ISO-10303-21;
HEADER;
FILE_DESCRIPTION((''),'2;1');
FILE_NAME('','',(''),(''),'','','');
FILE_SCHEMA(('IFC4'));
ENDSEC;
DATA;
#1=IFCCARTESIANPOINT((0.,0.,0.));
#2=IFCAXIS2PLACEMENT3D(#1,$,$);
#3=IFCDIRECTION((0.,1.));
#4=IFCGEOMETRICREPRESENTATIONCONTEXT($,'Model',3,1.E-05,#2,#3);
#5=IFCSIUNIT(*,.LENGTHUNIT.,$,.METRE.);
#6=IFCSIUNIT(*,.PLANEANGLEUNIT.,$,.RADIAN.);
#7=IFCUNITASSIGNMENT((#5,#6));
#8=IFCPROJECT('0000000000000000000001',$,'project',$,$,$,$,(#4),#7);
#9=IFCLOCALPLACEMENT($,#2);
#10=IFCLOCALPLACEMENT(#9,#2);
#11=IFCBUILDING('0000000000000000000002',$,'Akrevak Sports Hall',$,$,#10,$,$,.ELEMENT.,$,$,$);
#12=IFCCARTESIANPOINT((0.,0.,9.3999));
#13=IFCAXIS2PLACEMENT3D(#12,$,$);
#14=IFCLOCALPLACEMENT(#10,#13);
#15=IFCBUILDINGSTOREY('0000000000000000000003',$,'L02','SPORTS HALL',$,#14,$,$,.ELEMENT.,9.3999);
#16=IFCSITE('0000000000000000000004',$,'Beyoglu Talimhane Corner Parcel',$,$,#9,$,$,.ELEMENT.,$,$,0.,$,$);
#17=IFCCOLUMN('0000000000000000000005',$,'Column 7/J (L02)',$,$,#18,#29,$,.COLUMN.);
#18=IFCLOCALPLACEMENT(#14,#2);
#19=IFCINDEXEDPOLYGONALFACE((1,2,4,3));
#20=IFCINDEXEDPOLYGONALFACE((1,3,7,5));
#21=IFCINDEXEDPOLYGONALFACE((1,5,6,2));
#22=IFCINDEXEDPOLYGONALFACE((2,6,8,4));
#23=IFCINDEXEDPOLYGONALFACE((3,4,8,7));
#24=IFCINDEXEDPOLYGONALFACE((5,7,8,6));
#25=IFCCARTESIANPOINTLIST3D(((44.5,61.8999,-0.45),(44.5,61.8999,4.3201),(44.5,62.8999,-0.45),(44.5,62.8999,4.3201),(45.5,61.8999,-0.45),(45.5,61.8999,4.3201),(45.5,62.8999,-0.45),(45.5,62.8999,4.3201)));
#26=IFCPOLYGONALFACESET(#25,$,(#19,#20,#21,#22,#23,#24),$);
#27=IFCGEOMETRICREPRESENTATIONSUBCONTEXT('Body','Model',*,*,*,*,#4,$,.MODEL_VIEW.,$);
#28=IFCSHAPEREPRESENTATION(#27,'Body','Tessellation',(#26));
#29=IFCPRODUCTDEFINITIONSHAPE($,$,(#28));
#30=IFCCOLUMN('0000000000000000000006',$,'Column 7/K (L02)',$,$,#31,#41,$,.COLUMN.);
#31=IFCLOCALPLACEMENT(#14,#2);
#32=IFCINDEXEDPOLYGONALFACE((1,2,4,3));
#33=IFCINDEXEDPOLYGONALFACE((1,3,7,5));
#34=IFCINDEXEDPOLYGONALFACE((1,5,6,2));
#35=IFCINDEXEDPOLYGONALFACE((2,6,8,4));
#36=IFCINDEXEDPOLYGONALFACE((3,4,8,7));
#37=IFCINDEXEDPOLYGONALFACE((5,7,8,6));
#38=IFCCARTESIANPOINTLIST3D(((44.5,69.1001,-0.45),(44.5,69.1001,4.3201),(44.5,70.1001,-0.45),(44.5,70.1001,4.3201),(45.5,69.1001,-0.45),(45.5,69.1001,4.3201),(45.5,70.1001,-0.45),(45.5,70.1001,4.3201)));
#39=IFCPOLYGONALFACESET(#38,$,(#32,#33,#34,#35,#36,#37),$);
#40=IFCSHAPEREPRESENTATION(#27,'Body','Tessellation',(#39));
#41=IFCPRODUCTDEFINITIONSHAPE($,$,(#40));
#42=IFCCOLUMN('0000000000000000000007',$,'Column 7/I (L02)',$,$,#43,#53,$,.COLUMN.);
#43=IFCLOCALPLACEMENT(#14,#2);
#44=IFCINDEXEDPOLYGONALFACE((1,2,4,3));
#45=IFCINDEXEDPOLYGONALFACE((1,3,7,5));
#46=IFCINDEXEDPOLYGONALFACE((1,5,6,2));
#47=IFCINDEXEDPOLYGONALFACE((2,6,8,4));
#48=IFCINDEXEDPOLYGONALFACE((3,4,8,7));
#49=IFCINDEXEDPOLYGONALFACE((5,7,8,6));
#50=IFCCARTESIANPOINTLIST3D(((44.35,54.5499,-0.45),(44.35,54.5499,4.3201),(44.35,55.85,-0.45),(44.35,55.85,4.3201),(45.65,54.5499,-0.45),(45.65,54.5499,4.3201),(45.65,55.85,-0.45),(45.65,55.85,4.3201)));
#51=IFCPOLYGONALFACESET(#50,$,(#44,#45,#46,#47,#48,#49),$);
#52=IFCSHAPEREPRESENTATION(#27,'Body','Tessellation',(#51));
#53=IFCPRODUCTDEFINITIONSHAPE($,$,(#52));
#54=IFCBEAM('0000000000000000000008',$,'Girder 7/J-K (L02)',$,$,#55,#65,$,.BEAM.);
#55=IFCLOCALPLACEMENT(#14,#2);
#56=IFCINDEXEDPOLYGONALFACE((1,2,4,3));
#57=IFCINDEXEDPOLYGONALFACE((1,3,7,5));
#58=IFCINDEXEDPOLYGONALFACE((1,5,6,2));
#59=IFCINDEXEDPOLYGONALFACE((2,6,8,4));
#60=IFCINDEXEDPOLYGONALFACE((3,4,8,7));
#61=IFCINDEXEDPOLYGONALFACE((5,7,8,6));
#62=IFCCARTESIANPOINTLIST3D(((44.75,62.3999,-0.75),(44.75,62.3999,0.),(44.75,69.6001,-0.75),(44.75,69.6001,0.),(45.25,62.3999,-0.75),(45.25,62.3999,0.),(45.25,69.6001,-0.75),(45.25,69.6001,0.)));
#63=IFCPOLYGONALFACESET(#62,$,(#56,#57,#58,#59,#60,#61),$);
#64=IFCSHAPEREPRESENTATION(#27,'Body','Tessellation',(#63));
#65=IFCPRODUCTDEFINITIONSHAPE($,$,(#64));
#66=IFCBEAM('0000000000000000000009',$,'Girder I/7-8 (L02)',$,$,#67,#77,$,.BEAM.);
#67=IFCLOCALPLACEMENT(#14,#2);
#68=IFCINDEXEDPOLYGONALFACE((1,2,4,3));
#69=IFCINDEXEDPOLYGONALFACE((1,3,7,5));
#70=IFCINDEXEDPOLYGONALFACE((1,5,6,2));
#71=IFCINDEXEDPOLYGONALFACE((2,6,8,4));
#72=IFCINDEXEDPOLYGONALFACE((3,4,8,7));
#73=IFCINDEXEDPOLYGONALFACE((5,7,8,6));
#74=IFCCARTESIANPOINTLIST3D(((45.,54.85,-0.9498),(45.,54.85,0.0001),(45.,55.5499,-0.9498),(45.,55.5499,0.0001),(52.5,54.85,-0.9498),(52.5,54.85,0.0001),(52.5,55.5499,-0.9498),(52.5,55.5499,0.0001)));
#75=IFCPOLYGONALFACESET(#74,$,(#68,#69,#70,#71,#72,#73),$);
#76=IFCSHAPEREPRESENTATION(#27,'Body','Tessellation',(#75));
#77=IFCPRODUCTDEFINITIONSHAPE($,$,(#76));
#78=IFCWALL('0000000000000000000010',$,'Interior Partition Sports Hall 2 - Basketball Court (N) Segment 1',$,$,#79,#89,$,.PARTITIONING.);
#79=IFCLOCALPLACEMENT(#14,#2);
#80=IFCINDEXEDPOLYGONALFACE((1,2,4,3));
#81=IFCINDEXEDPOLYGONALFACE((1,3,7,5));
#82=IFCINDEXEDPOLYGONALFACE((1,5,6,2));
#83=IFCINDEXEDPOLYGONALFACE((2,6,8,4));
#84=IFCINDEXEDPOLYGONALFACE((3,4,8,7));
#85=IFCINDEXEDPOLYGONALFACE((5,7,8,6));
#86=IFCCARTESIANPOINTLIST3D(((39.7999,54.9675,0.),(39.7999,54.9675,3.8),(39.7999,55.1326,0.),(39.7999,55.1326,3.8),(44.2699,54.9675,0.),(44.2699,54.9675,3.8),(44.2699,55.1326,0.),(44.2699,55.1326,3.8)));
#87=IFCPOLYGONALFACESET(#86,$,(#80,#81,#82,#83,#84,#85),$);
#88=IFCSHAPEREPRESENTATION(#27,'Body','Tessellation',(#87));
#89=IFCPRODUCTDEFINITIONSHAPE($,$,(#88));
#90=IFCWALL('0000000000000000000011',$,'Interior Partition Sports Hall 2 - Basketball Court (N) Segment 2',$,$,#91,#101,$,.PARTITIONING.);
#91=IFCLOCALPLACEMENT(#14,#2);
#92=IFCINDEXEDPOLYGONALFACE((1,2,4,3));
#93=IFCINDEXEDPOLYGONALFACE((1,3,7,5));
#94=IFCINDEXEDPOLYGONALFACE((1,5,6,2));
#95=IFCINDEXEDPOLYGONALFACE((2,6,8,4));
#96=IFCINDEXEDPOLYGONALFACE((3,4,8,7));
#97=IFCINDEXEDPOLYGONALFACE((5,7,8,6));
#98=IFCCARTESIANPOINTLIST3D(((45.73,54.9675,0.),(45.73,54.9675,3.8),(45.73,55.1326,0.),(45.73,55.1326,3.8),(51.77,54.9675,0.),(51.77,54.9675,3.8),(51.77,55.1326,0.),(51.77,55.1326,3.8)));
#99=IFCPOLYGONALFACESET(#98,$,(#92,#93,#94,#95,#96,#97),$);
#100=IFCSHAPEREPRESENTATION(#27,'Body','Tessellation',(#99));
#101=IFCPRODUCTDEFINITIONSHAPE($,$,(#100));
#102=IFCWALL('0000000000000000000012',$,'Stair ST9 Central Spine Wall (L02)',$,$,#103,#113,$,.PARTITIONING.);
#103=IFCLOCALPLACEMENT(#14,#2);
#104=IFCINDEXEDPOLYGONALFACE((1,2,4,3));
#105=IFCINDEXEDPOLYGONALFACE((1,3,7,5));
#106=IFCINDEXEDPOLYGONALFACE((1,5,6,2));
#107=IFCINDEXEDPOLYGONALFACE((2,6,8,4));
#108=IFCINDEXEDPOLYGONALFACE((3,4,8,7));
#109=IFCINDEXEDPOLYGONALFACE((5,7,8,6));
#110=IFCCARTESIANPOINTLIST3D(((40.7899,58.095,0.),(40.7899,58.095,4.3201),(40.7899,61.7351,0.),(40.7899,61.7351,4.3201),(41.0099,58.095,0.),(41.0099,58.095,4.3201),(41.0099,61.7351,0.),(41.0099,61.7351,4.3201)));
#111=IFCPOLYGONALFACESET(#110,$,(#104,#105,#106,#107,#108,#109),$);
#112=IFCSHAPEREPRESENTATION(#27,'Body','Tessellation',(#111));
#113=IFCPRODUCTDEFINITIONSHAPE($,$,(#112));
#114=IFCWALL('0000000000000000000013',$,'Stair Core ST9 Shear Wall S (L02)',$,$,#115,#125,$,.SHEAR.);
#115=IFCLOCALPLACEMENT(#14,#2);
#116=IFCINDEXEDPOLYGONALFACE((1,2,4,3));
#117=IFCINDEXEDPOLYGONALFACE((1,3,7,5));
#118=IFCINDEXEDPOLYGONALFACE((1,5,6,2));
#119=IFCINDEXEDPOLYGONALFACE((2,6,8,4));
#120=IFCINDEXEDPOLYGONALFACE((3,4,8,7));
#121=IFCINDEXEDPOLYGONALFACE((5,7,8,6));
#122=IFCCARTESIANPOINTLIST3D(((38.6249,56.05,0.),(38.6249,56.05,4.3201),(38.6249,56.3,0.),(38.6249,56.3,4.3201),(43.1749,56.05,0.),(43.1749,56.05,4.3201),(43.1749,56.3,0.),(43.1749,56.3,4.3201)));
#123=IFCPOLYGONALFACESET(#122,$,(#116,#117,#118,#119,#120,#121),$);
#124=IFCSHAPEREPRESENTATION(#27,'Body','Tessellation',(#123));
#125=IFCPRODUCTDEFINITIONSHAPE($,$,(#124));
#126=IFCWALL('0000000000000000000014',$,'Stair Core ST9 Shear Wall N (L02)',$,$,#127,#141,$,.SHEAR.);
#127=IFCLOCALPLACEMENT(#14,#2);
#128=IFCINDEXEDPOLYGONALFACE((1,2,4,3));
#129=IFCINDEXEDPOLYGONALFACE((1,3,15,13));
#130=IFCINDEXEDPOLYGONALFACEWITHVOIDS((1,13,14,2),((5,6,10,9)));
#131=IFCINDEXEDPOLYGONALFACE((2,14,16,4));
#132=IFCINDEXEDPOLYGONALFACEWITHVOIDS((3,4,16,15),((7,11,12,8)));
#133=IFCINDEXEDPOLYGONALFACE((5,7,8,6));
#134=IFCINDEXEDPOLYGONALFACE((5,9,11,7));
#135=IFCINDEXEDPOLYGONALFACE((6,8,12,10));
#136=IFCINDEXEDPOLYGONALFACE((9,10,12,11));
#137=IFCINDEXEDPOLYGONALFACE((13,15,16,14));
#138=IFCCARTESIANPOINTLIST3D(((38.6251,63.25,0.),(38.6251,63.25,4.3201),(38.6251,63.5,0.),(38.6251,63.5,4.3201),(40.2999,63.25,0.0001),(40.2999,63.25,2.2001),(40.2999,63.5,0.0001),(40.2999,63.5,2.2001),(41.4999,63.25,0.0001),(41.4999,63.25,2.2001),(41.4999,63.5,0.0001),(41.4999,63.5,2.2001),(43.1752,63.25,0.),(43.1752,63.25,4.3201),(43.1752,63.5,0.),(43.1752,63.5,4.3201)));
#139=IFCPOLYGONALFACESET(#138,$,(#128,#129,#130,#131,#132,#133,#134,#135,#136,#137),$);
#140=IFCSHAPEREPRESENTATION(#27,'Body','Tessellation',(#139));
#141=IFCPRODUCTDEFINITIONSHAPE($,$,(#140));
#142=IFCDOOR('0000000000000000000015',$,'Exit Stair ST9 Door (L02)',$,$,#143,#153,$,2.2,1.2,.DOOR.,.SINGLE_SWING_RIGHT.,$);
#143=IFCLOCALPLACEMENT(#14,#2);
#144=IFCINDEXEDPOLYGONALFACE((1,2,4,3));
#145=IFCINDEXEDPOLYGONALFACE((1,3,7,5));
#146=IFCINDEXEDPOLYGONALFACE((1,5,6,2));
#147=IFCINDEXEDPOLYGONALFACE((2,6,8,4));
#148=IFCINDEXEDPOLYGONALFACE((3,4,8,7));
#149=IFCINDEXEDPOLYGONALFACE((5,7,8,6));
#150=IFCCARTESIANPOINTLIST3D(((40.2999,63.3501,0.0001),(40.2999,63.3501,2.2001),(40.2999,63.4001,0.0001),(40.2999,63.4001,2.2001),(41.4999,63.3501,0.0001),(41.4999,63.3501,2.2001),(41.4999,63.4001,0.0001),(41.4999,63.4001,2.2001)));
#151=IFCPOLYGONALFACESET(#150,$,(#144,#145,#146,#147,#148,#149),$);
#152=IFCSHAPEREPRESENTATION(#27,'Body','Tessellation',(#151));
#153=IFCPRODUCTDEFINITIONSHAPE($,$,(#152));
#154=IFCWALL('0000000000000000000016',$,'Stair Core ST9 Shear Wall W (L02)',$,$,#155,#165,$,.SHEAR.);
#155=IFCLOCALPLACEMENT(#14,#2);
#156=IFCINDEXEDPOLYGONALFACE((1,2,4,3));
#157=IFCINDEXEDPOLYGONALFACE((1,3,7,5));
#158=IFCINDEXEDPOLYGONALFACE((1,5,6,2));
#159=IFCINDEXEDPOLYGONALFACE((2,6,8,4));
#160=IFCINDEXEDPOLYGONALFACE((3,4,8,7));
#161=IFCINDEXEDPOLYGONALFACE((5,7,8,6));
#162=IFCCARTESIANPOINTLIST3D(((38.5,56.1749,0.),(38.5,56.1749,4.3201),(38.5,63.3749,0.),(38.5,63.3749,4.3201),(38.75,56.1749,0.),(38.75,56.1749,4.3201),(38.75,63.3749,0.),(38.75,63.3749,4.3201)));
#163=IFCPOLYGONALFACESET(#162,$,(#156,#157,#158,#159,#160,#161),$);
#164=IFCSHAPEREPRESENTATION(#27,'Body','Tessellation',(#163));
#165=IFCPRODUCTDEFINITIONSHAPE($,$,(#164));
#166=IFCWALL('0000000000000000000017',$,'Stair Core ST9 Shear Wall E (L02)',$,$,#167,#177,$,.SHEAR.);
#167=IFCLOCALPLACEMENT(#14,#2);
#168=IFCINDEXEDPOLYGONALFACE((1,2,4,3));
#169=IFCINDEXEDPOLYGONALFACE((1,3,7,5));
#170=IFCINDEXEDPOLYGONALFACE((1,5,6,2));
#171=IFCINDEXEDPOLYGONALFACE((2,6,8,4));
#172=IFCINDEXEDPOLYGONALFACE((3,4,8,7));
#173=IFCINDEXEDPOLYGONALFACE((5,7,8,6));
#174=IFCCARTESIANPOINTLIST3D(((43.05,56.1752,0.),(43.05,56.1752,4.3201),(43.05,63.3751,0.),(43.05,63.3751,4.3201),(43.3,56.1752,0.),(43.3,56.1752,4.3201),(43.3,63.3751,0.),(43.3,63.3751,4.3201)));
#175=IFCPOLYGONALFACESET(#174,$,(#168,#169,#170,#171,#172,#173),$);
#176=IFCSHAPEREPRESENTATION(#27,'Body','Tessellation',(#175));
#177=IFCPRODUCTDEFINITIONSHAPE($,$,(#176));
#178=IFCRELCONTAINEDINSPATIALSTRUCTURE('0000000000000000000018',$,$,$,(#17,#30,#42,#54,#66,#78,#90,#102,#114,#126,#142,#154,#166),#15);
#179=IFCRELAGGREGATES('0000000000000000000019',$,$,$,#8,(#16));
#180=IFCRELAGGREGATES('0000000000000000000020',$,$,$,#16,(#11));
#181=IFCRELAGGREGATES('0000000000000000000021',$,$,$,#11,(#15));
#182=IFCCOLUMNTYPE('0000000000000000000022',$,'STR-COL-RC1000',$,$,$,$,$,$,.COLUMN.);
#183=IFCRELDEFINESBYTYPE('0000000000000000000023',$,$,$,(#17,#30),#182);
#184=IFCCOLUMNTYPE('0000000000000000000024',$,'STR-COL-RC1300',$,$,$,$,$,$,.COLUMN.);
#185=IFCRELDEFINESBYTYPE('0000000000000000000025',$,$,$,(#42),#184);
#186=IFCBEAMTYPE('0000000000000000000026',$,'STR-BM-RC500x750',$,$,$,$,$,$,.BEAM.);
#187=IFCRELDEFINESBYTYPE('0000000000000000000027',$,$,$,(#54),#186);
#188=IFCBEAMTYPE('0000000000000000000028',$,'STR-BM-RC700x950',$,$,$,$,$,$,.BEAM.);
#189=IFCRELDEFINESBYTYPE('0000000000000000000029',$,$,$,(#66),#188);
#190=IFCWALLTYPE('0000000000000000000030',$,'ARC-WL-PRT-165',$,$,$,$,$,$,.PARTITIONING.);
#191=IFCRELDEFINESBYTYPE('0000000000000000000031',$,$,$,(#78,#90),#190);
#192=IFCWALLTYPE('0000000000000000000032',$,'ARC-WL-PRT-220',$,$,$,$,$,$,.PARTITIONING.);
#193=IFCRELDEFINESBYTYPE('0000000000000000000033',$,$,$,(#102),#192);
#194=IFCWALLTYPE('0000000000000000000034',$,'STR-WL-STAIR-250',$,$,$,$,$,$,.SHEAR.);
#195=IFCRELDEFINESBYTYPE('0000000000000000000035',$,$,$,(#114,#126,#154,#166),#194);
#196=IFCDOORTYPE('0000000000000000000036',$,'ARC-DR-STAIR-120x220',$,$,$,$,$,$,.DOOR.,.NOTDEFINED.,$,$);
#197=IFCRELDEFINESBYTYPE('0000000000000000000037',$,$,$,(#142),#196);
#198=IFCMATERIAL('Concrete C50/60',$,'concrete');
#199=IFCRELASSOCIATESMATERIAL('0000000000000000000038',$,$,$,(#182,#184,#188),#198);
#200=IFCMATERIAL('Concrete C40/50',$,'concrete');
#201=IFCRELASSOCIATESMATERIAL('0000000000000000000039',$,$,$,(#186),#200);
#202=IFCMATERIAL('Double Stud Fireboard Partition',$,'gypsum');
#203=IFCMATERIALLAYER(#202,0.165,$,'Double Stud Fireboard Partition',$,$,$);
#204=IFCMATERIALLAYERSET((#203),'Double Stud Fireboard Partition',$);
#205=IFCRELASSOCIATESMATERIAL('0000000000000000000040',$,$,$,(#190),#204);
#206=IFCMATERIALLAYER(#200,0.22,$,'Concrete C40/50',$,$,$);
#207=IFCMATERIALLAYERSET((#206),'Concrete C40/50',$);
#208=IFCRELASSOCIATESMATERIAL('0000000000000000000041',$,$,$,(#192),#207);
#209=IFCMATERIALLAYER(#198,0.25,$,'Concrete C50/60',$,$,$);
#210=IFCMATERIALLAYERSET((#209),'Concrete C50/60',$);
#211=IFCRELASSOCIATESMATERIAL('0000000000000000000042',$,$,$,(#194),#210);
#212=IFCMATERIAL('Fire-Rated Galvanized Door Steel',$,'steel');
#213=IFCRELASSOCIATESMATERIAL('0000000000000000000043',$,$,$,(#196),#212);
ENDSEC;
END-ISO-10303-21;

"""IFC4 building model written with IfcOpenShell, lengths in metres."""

from ifc_helpers import new_model, si_unit, direction, frame, frame_2d, origin, origin_2d, place, context, subcontext, project, spatial, rectangle, extrude, material, layer, layer_set, material_profile, profile_set, type_object, element, fill, save


model = new_model("IFC4")

# Units and contexts
model_context = context("Model", 3, precision=1e-05, world=origin(), true_north=direction((0.0, 1.0)))
body_context = subcontext(model_context, "Body", "Model", "MODEL_VIEW")
ifc_project = project(units=[si_unit("LENGTHUNIT", "METRE"), si_unit("PLANEANGLEUNIT", "RADIAN")], contexts=[model_context])

# Site, building, storey
site_placement = place(None, origin())
site = spatial("IfcSite", under=ifc_project, at=site_placement, Name="Beyoglu Talimhane Corner Parcel", CompositionType="ELEMENT", RefElevation=0.0)
building_placement = place(site_placement, origin())
building = spatial("IfcBuilding", under=site, at=building_placement, Name="Akrevak Sports Hall", CompositionType="ELEMENT")
storey_placement = place(building_placement, frame((0.0, 0.0, 9.3999)))
storey = spatial("IfcBuildingStorey", under=building, at=storey_placement, Name="L02", Description="SPORTS HALL", CompositionType="ELEMENT", Elevation=9.3999)

# Columns
ifc_material_1 = material(Name="Concrete C50/60", Category="concrete")
ifc_material_profile_1 = material_profile(ifc_material_1, rectangle(XDim=1.0, YDim=1.0, at=origin_2d()), Name="RC 1000x1000", Category="concrete")
ifc_profile_set_1 = profile_set([ifc_material_profile_1], Name="Concrete C50/60")
column_type_1 = type_object("IfcColumnType", Name="STR-COL-RC1000", PredefinedType="COLUMN", material=ifc_profile_set_1)
for number, where, z_axis, x_axis, name in (
    (1, (45.0, 62.3999, -0.45), (0.0, 0.0, 1.0), (1.0, 0.0, 0.0), "Column 7/J (L02)"),
    (2, (45.0, 69.6001, -0.45), (0.0, 0.0, 1.0), (1.0, 0.0, 0.0), "Column 7/K (L02)"),
):
    element("IfcColumn", number, at=place(storey_placement, frame(where, z_axis=z_axis, x_axis=x_axis)), inside=storey, type_object=column_type_1, Name=name, PredefinedType="COLUMN", context=body_context, shape_type="SweptSolid", body=[
        extrude(rectangle(XDim=1.0, YDim=1.0, at=origin_2d()), origin(), (0.0, 0.0, 1.0), 4.77),
    ])
ifc_material_profile_2 = material_profile(ifc_material_1, rectangle(XDim=1.3, YDim=1.3, at=origin_2d()), Name="RC 1300x1300", Category="concrete")
ifc_profile_set_2 = profile_set([ifc_material_profile_2], Name="Concrete C50/60")
column_type_2 = type_object("IfcColumnType", Name="STR-COL-RC1300", PredefinedType="COLUMN", material=ifc_profile_set_2)
column_placement = place(storey_placement, frame((45.0, 55.2, -0.45), z_axis=(0.0, 0.0, 1.0), x_axis=(1.0, 0.0, 0.0)))
element("IfcColumn", 3, at=column_placement, inside=storey, type_object=column_type_2, Name="Column 7/I (L02)", PredefinedType="COLUMN", context=body_context, shape_type="SweptSolid", body=[
    extrude(rectangle(XDim=1.3, YDim=1.3, at=origin_2d()), origin(), (0.0, 0.0, 1.0), 4.77),
])

# Beams
ifc_material_2 = material(Name="Concrete C40/50", Category="concrete")
ifc_material_profile_3 = material_profile(ifc_material_2, rectangle(XDim=0.5, YDim=0.75, at=origin_2d()), Name="BM 500x750", Category="concrete")
ifc_profile_set_3 = profile_set([ifc_material_profile_3], Name="Concrete C40/50")
beam_type_1 = type_object("IfcBeamType", Name="STR-BM-RC500x750", PredefinedType="BEAM", material=ifc_profile_set_3)
beam_1_placement = place(storey_placement, frame((45.0, 62.3999, -0.375), z_axis=(0.0, 1.0, 0.0), x_axis=(-1.0, 0.0, 0.0)))
element("IfcBeam", 4, at=beam_1_placement, inside=storey, type_object=beam_type_1, Name="Girder 7/J-K (L02)", PredefinedType="BEAM", context=body_context, shape_type="SweptSolid", body=[
    extrude(rectangle(XDim=0.5, YDim=0.75, at=origin_2d()), origin(), (0.0, 0.0, 1.0), 7.2002),
])
ifc_material_profile_4 = material_profile(ifc_material_1, rectangle(XDim=0.7, YDim=0.95, at=origin_2d()), Name="BM 700x950", Category="concrete")
ifc_profile_set_4 = profile_set([ifc_material_profile_4], Name="Concrete C50/60")
beam_type_2 = type_object("IfcBeamType", Name="STR-BM-RC700x950", PredefinedType="BEAM", material=ifc_profile_set_4)
beam_2_placement = place(storey_placement, frame((45.0, 55.2, -0.4749), z_axis=(1.0, 0.0, 0.0), x_axis=(0.0, 1.0, 0.0)))
element("IfcBeam", 5, at=beam_2_placement, inside=storey, type_object=beam_type_2, Name="Girder I/7-8 (L02)", PredefinedType="BEAM", context=body_context, shape_type="SweptSolid", body=[
    extrude(rectangle(XDim=0.7, YDim=0.95, at=origin_2d()), origin(), (0.0, 0.0, 1.0), 7.5),
])

# Walls
ifc_material_3 = material(Name="Double Stud Fireboard Partition", Category="gypsum")
ifc_layer_1 = layer(ifc_material_3, 0.165, Name="Double Stud Fireboard Partition")
ifc_layer_set_1 = layer_set([ifc_layer_1], Name="Double Stud Fireboard Partition")
wall_type_1 = type_object("IfcWallType", Name="ARC-WL-PRT-165", PredefinedType="PARTITIONING", material=ifc_layer_set_1)
wall_1_placement = place(storey_placement, frame((39.8, 55.05, 0.0), z_axis=(0.0, 0.0, 1.0), x_axis=(1.0, 0.0, 0.0)))
element("IfcWall", 6, at=wall_1_placement, inside=storey, type_object=wall_type_1, Name="Interior Partition Sports Hall 2 - Basketball Court (N) Segment 1", PredefinedType="PARTITIONING", context=body_context, shape_type="SweptSolid", body=[
    extrude(rectangle(XDim=4.47, YDim=0.165, at=frame_2d((2.2349, 0.0))), origin(), (0.0, 0.0, 1.0), 3.8),
])
wall_2_placement = place(storey_placement, frame((45.73, 55.05, 0.0), z_axis=(0.0, 0.0, 1.0), x_axis=(1.0, 0.0, 0.0)))
element("IfcWall", 7, at=wall_2_placement, inside=storey, type_object=wall_type_1, Name="Interior Partition Sports Hall 2 - Basketball Court (N) Segment 2", PredefinedType="PARTITIONING", context=body_context, shape_type="SweptSolid", body=[
    extrude(rectangle(XDim=6.04, YDim=0.165, at=frame_2d((3.02, 0.0))), origin(), (0.0, 0.0, 1.0), 3.8),
])
ifc_layer_2 = layer(ifc_material_2, 0.22, Name="Concrete C40/50")
ifc_layer_set_2 = layer_set([ifc_layer_2], Name="Concrete C40/50")
wall_type_2 = type_object("IfcWallType", Name="ARC-WL-PRT-220", PredefinedType="PARTITIONING", material=ifc_layer_set_2)
wall_3_placement = place(storey_placement, frame((40.8999, 58.095, 0.0), z_axis=(0.0, 0.0, 1.0), x_axis=(0.0, 1.0, 0.0)))
element("IfcWall", 8, at=wall_3_placement, inside=storey, type_object=wall_type_2, Name="Stair ST9 Central Spine Wall (L02)", PredefinedType="PARTITIONING", context=body_context, shape_type="SweptSolid", body=[
    extrude(rectangle(XDim=3.6401, YDim=0.22, at=frame_2d((1.8201, 0.0))), origin(), (0.0, 0.0, 1.0), 4.3201),
])
ifc_layer_3 = layer(ifc_material_1, 0.25, Name="Concrete C50/60")
ifc_layer_set_3 = layer_set([ifc_layer_3], Name="Concrete C50/60")
wall_type_3 = type_object("IfcWallType", Name="STR-WL-STAIR-250", PredefinedType="SHEAR", material=ifc_layer_set_3)
wall_4_placement = place(storey_placement, frame((38.625, 56.175, 0.0), z_axis=(0.0, 0.0, 1.0), x_axis=(1.0, 0.0, 0.0)))
element("IfcWall", 9, at=wall_4_placement, inside=storey, type_object=wall_type_3, Name="Stair Core ST9 Shear Wall S (L02)", PredefinedType="SHEAR", context=body_context, shape_type="SweptSolid", body=[
    extrude(rectangle(XDim=4.55, YDim=0.25, at=frame_2d((2.2749, 0.0))), origin(), (0.0, 0.0, 1.0), 4.3201),
])

# Wall, opening, door
wall_5_placement = place(storey_placement, frame((43.175, 63.375, 0.0), z_axis=(0.0, 0.0, 1.0), x_axis=(-1.0, 0.0, 0.0)))
wall_5 = element("IfcWall", 10, at=wall_5_placement, inside=storey, type_object=wall_type_3, Name="Stair Core ST9 Shear Wall N (L02)", PredefinedType="SHEAR", context=body_context, shape_type="SweptSolid", body=[
    extrude(rectangle(XDim=4.55, YDim=0.25, at=frame_2d((2.2749, 0.0))), origin(), (0.0, 0.0, 1.0), 4.3201),
])
opening_placement = place(wall_5_placement, frame((1.675, 0.0, 0.0)))
opening = element("IfcOpeningElement", 11, at=opening_placement, cuts=wall_5, PredefinedType="OPENING", context=body_context, shape_type="SweptSolid", body=[
    extrude(rectangle(XDim=1.2, YDim=2.2, at=frame_2d((0.6001, 1.1001))), frame((0.0, 0.137, 0.0), z_axis=(0.0, -1.0, 0.0), x_axis=(1.0, 0.0, 0.0)), (0.0, 0.0, 1.0), 0.2739),
])
ifc_material_4 = material(Name="Fire-Rated Galvanized Door Steel", Category="steel")
door_type = type_object("IfcDoorType", Name="ARC-DR-STAIR-120x220", OperationType="NOTDEFINED", PredefinedType="DOOR", material=ifc_material_4)
door_placement = place(opening_placement, origin())
door = element("IfcDoor", 12, at=door_placement, inside=storey, type_object=door_type, Name="Exit Stair ST9 Door (L02)", OperationType="SINGLE_SWING_RIGHT", OverallHeight=2.2, OverallWidth=1.2, PredefinedType="DOOR", context=body_context, shape_type="SweptSolid", body=[
    extrude(rectangle(XDim=1.2, YDim=2.2, at=frame_2d((0.6001, 1.1001))), frame((0.0, 0.0249, 0.0), z_axis=(0.0, -1.0, 0.0), x_axis=(1.0, 0.0, 0.0)), (0.0, 0.0, 1.0), 0.05),
])
fill(opening, door)

# Walls
for number, where, z_axis, x_axis, name in (
    (13, (38.625, 63.375, 0.0), (0.0, 0.0, 1.0), (0.0, -1.0, 0.0), "Stair Core ST9 Shear Wall W (L02)"),
    (14, (43.175, 56.175, 0.0), (0.0, 0.0, 1.0), (0.0, 1.0, 0.0), "Stair Core ST9 Shear Wall E (L02)"),
):
    element("IfcWall", number, at=place(storey_placement, frame(where, z_axis=z_axis, x_axis=x_axis)), inside=storey, type_object=wall_type_3, Name=name, PredefinedType="SHEAR", context=body_context, shape_type="SweptSolid", body=[
        extrude(rectangle(XDim=7.2, YDim=0.25, at=frame_2d((3.6001, 0.0))), origin(), (0.0, 0.0, 1.0), 4.3201),
    ])

save(model, "model.ifc")
